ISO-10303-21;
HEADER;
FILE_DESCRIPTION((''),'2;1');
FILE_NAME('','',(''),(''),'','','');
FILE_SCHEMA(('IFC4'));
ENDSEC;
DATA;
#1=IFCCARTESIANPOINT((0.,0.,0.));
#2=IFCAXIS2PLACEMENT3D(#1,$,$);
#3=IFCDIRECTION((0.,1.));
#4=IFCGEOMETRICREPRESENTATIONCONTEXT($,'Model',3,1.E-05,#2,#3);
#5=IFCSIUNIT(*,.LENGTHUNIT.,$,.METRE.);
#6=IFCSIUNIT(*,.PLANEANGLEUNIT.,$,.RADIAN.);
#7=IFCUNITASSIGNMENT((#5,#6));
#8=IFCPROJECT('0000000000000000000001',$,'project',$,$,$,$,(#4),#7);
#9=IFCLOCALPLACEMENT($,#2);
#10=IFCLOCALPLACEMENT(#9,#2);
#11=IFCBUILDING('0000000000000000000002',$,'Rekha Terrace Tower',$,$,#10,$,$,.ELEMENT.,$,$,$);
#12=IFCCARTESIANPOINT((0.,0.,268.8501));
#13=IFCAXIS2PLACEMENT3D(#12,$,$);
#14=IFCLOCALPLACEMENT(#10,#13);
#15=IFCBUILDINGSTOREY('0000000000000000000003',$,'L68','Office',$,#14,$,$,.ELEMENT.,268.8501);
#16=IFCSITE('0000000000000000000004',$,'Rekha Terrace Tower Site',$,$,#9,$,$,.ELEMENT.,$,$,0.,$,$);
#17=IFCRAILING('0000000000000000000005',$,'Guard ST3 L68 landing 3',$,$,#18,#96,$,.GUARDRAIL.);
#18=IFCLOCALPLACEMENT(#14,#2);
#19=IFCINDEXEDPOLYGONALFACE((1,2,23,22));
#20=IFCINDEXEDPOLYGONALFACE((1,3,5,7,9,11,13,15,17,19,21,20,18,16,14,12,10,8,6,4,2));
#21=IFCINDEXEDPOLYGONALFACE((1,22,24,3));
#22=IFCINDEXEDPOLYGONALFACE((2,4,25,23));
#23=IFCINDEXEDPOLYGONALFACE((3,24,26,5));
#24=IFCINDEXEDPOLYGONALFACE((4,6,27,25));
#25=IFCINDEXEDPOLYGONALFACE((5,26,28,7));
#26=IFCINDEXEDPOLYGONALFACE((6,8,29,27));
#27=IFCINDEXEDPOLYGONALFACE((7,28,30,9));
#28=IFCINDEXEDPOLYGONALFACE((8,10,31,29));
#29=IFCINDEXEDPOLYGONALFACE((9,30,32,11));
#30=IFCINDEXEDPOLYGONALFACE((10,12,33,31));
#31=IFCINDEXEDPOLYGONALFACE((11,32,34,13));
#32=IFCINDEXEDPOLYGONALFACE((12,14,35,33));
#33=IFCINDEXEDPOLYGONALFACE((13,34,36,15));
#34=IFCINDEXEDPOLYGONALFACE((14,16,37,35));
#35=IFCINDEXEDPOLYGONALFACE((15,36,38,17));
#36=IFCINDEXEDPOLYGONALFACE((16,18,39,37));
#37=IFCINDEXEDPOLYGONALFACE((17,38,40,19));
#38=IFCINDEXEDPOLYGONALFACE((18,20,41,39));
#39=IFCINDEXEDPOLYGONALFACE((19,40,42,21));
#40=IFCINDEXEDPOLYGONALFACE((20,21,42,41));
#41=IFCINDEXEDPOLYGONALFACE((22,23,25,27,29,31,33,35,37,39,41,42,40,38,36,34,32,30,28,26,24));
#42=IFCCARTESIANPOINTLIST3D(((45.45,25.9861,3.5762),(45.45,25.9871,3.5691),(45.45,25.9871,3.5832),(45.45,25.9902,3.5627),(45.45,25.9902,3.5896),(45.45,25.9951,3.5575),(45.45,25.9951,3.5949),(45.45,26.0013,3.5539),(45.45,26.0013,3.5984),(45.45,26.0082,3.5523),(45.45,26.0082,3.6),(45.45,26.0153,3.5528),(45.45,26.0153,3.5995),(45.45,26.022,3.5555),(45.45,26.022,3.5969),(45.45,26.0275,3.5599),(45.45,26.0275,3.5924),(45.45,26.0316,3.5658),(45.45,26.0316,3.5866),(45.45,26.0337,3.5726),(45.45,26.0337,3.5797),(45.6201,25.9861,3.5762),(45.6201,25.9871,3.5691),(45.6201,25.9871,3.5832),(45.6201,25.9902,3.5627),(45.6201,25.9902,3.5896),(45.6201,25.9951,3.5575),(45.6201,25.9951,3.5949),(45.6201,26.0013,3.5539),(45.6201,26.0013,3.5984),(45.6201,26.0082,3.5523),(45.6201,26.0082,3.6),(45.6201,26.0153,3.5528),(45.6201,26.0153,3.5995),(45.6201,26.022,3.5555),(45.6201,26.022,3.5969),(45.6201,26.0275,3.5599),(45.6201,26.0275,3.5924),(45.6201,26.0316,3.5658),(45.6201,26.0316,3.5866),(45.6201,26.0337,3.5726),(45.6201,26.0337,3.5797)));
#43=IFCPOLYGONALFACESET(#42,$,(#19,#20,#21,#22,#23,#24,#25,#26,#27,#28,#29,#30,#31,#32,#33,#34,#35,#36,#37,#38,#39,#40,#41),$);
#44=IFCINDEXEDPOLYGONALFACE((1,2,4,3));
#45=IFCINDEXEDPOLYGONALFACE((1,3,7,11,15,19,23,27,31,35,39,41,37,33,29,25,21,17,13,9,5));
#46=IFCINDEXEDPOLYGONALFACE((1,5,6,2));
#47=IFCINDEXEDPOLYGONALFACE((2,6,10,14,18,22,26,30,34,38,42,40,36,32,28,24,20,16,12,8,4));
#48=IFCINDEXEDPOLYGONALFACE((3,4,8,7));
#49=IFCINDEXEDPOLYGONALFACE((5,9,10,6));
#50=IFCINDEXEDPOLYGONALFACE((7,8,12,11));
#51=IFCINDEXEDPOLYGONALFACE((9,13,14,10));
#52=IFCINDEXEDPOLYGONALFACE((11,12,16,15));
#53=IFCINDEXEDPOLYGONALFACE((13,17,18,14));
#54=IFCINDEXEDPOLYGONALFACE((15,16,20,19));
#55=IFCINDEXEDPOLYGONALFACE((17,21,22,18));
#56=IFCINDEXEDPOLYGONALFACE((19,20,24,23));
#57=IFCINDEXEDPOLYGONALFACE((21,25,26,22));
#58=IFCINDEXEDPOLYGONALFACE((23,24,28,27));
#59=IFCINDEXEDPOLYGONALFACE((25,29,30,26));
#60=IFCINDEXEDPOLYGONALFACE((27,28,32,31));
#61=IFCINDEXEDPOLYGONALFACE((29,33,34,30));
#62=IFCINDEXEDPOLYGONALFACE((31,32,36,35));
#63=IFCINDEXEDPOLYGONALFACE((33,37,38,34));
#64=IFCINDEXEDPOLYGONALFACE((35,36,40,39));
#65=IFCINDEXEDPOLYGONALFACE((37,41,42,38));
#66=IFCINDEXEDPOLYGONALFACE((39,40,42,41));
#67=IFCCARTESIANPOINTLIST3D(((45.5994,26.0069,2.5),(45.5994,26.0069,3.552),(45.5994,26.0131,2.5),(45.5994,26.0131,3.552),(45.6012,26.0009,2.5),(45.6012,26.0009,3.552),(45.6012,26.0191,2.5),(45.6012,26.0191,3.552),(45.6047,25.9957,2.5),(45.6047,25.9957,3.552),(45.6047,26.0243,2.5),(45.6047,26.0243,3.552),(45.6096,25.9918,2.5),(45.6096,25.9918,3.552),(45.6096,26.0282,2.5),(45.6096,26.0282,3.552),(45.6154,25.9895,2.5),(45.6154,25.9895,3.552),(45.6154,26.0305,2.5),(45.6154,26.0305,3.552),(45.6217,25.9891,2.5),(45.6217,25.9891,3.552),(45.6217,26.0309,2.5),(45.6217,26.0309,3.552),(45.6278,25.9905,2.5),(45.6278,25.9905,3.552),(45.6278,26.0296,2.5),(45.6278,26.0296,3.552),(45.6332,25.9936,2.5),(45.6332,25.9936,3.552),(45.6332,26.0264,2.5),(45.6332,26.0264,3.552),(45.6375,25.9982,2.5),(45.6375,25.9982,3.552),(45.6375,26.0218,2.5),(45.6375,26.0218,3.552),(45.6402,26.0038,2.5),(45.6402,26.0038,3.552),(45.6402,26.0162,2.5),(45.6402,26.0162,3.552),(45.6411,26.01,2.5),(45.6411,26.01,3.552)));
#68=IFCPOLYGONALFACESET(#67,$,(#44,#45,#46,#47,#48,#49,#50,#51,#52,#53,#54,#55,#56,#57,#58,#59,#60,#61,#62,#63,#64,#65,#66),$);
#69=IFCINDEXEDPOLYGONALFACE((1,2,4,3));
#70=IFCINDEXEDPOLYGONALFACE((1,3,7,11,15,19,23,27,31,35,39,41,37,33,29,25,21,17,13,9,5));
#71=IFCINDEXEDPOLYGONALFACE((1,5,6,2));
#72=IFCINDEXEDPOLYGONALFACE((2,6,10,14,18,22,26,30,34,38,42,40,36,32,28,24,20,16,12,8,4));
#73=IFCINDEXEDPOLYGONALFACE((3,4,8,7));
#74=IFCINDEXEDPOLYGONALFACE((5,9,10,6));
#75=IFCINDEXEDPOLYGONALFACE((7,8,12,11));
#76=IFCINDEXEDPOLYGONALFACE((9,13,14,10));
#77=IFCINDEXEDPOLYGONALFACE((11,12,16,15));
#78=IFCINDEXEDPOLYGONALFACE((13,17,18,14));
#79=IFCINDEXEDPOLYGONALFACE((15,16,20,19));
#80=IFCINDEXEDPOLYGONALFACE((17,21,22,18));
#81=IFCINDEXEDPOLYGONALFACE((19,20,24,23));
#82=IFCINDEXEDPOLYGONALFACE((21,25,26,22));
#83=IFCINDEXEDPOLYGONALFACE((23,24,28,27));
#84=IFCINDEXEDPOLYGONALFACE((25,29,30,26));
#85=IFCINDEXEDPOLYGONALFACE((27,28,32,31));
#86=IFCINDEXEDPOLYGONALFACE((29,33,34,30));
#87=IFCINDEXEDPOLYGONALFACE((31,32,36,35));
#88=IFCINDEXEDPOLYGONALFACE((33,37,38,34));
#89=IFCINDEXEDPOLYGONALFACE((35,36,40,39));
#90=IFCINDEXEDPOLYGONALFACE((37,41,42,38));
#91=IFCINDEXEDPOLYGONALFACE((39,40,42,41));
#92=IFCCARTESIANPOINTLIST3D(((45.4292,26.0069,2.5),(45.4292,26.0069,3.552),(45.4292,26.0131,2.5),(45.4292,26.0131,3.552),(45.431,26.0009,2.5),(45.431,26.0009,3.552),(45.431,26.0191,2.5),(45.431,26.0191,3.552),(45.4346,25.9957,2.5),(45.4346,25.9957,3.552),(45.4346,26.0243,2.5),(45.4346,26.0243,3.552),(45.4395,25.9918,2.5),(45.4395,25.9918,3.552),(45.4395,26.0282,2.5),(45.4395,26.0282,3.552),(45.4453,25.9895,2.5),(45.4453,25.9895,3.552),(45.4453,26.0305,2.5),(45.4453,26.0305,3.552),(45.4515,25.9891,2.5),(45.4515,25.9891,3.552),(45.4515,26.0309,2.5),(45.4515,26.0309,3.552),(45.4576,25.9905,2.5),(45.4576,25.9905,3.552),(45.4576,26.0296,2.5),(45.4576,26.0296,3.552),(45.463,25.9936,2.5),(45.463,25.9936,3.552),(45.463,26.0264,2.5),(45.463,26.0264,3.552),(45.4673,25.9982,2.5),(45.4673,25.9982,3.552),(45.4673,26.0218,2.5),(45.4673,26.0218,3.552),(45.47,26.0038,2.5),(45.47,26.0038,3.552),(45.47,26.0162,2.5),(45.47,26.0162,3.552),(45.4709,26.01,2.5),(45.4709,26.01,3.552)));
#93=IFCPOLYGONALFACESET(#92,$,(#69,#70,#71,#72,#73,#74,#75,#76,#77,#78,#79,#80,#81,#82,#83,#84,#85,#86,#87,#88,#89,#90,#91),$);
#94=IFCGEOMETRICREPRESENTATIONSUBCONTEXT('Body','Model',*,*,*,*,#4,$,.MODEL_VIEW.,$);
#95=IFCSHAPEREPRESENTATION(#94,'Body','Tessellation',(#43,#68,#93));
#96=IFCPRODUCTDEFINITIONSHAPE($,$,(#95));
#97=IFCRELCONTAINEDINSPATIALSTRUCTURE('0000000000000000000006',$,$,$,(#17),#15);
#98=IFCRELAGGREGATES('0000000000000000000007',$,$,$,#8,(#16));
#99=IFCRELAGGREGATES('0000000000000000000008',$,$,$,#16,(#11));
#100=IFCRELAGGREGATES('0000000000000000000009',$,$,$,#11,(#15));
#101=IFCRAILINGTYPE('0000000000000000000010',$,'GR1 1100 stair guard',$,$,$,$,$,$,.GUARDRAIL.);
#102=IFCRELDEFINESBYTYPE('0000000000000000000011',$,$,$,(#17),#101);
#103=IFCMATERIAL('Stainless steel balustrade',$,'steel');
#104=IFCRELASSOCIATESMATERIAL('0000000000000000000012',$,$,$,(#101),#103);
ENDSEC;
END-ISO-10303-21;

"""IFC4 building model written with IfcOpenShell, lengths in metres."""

from ifc_helpers import new_model, si_unit, direction, frame, origin, origin_2d, place, context, subcontext, project, spatial, circle, extrude, material, type_object, element, save


model = new_model("IFC4")

# Units and contexts
model_context = context("Model", 3, precision=1e-05, world=origin(), true_north=direction((0.0, 1.0)))
body_context = subcontext(model_context, "Body", "Model", "MODEL_VIEW")
ifc_project = project(units=[si_unit("LENGTHUNIT", "METRE"), si_unit("PLANEANGLEUNIT", "RADIAN")], contexts=[model_context])

# Site, building, storey
site_placement = place(None, origin())
site = spatial("IfcSite", under=ifc_project, at=site_placement, Name="Rekha Terrace Tower Site", CompositionType="ELEMENT", RefElevation=0.0)
building_placement = place(site_placement, origin())
building = spatial("IfcBuilding", under=site, at=building_placement, Name="Rekha Terrace Tower", CompositionType="ELEMENT")
storey_placement = place(building_placement, frame((0.0, 0.0, 268.8501)))
storey = spatial("IfcBuildingStorey", under=building, at=storey_placement, Name="L68", Description="Office", CompositionType="ELEMENT", Elevation=268.8501)

# Railing
ifc_material_1 = material(Name="Stainless steel balustrade", Category="steel")
railing_type_1 = type_object("IfcRailingType", Name="GR1 1100 stair guard", PredefinedType="GUARDRAIL", material=ifc_material_1)
railing_1_placement = place(storey_placement, frame((45.6201, 26.01, 2.5)))
element("IfcRailing", 1, at=railing_1_placement, inside=storey, type_object=railing_type_1, Name="Guard ST3 L68 landing 3", PredefinedType="GUARDRAIL", context=body_context, shape_type="SweptSolid", body=[
    extrude(circle(Radius=0.0239, at=origin_2d()), frame((0.0, 0.0, 1.0762), z_axis=(-1.0, 0.0, 0.0), x_axis=(0.0, -1.0, 0.0)), (0.0, 0.0, 1.0), 0.1702),
    extrude(circle(Radius=0.021, at=origin_2d()), origin(), (0.0, 0.0, 1.0), 1.052),
    extrude(circle(Radius=0.021, at=origin_2d()), frame((-0.1702, 0.0, 0.0)), (0.0, 0.0, 1.0), 1.052),
])

save(model, "model.ifc")
